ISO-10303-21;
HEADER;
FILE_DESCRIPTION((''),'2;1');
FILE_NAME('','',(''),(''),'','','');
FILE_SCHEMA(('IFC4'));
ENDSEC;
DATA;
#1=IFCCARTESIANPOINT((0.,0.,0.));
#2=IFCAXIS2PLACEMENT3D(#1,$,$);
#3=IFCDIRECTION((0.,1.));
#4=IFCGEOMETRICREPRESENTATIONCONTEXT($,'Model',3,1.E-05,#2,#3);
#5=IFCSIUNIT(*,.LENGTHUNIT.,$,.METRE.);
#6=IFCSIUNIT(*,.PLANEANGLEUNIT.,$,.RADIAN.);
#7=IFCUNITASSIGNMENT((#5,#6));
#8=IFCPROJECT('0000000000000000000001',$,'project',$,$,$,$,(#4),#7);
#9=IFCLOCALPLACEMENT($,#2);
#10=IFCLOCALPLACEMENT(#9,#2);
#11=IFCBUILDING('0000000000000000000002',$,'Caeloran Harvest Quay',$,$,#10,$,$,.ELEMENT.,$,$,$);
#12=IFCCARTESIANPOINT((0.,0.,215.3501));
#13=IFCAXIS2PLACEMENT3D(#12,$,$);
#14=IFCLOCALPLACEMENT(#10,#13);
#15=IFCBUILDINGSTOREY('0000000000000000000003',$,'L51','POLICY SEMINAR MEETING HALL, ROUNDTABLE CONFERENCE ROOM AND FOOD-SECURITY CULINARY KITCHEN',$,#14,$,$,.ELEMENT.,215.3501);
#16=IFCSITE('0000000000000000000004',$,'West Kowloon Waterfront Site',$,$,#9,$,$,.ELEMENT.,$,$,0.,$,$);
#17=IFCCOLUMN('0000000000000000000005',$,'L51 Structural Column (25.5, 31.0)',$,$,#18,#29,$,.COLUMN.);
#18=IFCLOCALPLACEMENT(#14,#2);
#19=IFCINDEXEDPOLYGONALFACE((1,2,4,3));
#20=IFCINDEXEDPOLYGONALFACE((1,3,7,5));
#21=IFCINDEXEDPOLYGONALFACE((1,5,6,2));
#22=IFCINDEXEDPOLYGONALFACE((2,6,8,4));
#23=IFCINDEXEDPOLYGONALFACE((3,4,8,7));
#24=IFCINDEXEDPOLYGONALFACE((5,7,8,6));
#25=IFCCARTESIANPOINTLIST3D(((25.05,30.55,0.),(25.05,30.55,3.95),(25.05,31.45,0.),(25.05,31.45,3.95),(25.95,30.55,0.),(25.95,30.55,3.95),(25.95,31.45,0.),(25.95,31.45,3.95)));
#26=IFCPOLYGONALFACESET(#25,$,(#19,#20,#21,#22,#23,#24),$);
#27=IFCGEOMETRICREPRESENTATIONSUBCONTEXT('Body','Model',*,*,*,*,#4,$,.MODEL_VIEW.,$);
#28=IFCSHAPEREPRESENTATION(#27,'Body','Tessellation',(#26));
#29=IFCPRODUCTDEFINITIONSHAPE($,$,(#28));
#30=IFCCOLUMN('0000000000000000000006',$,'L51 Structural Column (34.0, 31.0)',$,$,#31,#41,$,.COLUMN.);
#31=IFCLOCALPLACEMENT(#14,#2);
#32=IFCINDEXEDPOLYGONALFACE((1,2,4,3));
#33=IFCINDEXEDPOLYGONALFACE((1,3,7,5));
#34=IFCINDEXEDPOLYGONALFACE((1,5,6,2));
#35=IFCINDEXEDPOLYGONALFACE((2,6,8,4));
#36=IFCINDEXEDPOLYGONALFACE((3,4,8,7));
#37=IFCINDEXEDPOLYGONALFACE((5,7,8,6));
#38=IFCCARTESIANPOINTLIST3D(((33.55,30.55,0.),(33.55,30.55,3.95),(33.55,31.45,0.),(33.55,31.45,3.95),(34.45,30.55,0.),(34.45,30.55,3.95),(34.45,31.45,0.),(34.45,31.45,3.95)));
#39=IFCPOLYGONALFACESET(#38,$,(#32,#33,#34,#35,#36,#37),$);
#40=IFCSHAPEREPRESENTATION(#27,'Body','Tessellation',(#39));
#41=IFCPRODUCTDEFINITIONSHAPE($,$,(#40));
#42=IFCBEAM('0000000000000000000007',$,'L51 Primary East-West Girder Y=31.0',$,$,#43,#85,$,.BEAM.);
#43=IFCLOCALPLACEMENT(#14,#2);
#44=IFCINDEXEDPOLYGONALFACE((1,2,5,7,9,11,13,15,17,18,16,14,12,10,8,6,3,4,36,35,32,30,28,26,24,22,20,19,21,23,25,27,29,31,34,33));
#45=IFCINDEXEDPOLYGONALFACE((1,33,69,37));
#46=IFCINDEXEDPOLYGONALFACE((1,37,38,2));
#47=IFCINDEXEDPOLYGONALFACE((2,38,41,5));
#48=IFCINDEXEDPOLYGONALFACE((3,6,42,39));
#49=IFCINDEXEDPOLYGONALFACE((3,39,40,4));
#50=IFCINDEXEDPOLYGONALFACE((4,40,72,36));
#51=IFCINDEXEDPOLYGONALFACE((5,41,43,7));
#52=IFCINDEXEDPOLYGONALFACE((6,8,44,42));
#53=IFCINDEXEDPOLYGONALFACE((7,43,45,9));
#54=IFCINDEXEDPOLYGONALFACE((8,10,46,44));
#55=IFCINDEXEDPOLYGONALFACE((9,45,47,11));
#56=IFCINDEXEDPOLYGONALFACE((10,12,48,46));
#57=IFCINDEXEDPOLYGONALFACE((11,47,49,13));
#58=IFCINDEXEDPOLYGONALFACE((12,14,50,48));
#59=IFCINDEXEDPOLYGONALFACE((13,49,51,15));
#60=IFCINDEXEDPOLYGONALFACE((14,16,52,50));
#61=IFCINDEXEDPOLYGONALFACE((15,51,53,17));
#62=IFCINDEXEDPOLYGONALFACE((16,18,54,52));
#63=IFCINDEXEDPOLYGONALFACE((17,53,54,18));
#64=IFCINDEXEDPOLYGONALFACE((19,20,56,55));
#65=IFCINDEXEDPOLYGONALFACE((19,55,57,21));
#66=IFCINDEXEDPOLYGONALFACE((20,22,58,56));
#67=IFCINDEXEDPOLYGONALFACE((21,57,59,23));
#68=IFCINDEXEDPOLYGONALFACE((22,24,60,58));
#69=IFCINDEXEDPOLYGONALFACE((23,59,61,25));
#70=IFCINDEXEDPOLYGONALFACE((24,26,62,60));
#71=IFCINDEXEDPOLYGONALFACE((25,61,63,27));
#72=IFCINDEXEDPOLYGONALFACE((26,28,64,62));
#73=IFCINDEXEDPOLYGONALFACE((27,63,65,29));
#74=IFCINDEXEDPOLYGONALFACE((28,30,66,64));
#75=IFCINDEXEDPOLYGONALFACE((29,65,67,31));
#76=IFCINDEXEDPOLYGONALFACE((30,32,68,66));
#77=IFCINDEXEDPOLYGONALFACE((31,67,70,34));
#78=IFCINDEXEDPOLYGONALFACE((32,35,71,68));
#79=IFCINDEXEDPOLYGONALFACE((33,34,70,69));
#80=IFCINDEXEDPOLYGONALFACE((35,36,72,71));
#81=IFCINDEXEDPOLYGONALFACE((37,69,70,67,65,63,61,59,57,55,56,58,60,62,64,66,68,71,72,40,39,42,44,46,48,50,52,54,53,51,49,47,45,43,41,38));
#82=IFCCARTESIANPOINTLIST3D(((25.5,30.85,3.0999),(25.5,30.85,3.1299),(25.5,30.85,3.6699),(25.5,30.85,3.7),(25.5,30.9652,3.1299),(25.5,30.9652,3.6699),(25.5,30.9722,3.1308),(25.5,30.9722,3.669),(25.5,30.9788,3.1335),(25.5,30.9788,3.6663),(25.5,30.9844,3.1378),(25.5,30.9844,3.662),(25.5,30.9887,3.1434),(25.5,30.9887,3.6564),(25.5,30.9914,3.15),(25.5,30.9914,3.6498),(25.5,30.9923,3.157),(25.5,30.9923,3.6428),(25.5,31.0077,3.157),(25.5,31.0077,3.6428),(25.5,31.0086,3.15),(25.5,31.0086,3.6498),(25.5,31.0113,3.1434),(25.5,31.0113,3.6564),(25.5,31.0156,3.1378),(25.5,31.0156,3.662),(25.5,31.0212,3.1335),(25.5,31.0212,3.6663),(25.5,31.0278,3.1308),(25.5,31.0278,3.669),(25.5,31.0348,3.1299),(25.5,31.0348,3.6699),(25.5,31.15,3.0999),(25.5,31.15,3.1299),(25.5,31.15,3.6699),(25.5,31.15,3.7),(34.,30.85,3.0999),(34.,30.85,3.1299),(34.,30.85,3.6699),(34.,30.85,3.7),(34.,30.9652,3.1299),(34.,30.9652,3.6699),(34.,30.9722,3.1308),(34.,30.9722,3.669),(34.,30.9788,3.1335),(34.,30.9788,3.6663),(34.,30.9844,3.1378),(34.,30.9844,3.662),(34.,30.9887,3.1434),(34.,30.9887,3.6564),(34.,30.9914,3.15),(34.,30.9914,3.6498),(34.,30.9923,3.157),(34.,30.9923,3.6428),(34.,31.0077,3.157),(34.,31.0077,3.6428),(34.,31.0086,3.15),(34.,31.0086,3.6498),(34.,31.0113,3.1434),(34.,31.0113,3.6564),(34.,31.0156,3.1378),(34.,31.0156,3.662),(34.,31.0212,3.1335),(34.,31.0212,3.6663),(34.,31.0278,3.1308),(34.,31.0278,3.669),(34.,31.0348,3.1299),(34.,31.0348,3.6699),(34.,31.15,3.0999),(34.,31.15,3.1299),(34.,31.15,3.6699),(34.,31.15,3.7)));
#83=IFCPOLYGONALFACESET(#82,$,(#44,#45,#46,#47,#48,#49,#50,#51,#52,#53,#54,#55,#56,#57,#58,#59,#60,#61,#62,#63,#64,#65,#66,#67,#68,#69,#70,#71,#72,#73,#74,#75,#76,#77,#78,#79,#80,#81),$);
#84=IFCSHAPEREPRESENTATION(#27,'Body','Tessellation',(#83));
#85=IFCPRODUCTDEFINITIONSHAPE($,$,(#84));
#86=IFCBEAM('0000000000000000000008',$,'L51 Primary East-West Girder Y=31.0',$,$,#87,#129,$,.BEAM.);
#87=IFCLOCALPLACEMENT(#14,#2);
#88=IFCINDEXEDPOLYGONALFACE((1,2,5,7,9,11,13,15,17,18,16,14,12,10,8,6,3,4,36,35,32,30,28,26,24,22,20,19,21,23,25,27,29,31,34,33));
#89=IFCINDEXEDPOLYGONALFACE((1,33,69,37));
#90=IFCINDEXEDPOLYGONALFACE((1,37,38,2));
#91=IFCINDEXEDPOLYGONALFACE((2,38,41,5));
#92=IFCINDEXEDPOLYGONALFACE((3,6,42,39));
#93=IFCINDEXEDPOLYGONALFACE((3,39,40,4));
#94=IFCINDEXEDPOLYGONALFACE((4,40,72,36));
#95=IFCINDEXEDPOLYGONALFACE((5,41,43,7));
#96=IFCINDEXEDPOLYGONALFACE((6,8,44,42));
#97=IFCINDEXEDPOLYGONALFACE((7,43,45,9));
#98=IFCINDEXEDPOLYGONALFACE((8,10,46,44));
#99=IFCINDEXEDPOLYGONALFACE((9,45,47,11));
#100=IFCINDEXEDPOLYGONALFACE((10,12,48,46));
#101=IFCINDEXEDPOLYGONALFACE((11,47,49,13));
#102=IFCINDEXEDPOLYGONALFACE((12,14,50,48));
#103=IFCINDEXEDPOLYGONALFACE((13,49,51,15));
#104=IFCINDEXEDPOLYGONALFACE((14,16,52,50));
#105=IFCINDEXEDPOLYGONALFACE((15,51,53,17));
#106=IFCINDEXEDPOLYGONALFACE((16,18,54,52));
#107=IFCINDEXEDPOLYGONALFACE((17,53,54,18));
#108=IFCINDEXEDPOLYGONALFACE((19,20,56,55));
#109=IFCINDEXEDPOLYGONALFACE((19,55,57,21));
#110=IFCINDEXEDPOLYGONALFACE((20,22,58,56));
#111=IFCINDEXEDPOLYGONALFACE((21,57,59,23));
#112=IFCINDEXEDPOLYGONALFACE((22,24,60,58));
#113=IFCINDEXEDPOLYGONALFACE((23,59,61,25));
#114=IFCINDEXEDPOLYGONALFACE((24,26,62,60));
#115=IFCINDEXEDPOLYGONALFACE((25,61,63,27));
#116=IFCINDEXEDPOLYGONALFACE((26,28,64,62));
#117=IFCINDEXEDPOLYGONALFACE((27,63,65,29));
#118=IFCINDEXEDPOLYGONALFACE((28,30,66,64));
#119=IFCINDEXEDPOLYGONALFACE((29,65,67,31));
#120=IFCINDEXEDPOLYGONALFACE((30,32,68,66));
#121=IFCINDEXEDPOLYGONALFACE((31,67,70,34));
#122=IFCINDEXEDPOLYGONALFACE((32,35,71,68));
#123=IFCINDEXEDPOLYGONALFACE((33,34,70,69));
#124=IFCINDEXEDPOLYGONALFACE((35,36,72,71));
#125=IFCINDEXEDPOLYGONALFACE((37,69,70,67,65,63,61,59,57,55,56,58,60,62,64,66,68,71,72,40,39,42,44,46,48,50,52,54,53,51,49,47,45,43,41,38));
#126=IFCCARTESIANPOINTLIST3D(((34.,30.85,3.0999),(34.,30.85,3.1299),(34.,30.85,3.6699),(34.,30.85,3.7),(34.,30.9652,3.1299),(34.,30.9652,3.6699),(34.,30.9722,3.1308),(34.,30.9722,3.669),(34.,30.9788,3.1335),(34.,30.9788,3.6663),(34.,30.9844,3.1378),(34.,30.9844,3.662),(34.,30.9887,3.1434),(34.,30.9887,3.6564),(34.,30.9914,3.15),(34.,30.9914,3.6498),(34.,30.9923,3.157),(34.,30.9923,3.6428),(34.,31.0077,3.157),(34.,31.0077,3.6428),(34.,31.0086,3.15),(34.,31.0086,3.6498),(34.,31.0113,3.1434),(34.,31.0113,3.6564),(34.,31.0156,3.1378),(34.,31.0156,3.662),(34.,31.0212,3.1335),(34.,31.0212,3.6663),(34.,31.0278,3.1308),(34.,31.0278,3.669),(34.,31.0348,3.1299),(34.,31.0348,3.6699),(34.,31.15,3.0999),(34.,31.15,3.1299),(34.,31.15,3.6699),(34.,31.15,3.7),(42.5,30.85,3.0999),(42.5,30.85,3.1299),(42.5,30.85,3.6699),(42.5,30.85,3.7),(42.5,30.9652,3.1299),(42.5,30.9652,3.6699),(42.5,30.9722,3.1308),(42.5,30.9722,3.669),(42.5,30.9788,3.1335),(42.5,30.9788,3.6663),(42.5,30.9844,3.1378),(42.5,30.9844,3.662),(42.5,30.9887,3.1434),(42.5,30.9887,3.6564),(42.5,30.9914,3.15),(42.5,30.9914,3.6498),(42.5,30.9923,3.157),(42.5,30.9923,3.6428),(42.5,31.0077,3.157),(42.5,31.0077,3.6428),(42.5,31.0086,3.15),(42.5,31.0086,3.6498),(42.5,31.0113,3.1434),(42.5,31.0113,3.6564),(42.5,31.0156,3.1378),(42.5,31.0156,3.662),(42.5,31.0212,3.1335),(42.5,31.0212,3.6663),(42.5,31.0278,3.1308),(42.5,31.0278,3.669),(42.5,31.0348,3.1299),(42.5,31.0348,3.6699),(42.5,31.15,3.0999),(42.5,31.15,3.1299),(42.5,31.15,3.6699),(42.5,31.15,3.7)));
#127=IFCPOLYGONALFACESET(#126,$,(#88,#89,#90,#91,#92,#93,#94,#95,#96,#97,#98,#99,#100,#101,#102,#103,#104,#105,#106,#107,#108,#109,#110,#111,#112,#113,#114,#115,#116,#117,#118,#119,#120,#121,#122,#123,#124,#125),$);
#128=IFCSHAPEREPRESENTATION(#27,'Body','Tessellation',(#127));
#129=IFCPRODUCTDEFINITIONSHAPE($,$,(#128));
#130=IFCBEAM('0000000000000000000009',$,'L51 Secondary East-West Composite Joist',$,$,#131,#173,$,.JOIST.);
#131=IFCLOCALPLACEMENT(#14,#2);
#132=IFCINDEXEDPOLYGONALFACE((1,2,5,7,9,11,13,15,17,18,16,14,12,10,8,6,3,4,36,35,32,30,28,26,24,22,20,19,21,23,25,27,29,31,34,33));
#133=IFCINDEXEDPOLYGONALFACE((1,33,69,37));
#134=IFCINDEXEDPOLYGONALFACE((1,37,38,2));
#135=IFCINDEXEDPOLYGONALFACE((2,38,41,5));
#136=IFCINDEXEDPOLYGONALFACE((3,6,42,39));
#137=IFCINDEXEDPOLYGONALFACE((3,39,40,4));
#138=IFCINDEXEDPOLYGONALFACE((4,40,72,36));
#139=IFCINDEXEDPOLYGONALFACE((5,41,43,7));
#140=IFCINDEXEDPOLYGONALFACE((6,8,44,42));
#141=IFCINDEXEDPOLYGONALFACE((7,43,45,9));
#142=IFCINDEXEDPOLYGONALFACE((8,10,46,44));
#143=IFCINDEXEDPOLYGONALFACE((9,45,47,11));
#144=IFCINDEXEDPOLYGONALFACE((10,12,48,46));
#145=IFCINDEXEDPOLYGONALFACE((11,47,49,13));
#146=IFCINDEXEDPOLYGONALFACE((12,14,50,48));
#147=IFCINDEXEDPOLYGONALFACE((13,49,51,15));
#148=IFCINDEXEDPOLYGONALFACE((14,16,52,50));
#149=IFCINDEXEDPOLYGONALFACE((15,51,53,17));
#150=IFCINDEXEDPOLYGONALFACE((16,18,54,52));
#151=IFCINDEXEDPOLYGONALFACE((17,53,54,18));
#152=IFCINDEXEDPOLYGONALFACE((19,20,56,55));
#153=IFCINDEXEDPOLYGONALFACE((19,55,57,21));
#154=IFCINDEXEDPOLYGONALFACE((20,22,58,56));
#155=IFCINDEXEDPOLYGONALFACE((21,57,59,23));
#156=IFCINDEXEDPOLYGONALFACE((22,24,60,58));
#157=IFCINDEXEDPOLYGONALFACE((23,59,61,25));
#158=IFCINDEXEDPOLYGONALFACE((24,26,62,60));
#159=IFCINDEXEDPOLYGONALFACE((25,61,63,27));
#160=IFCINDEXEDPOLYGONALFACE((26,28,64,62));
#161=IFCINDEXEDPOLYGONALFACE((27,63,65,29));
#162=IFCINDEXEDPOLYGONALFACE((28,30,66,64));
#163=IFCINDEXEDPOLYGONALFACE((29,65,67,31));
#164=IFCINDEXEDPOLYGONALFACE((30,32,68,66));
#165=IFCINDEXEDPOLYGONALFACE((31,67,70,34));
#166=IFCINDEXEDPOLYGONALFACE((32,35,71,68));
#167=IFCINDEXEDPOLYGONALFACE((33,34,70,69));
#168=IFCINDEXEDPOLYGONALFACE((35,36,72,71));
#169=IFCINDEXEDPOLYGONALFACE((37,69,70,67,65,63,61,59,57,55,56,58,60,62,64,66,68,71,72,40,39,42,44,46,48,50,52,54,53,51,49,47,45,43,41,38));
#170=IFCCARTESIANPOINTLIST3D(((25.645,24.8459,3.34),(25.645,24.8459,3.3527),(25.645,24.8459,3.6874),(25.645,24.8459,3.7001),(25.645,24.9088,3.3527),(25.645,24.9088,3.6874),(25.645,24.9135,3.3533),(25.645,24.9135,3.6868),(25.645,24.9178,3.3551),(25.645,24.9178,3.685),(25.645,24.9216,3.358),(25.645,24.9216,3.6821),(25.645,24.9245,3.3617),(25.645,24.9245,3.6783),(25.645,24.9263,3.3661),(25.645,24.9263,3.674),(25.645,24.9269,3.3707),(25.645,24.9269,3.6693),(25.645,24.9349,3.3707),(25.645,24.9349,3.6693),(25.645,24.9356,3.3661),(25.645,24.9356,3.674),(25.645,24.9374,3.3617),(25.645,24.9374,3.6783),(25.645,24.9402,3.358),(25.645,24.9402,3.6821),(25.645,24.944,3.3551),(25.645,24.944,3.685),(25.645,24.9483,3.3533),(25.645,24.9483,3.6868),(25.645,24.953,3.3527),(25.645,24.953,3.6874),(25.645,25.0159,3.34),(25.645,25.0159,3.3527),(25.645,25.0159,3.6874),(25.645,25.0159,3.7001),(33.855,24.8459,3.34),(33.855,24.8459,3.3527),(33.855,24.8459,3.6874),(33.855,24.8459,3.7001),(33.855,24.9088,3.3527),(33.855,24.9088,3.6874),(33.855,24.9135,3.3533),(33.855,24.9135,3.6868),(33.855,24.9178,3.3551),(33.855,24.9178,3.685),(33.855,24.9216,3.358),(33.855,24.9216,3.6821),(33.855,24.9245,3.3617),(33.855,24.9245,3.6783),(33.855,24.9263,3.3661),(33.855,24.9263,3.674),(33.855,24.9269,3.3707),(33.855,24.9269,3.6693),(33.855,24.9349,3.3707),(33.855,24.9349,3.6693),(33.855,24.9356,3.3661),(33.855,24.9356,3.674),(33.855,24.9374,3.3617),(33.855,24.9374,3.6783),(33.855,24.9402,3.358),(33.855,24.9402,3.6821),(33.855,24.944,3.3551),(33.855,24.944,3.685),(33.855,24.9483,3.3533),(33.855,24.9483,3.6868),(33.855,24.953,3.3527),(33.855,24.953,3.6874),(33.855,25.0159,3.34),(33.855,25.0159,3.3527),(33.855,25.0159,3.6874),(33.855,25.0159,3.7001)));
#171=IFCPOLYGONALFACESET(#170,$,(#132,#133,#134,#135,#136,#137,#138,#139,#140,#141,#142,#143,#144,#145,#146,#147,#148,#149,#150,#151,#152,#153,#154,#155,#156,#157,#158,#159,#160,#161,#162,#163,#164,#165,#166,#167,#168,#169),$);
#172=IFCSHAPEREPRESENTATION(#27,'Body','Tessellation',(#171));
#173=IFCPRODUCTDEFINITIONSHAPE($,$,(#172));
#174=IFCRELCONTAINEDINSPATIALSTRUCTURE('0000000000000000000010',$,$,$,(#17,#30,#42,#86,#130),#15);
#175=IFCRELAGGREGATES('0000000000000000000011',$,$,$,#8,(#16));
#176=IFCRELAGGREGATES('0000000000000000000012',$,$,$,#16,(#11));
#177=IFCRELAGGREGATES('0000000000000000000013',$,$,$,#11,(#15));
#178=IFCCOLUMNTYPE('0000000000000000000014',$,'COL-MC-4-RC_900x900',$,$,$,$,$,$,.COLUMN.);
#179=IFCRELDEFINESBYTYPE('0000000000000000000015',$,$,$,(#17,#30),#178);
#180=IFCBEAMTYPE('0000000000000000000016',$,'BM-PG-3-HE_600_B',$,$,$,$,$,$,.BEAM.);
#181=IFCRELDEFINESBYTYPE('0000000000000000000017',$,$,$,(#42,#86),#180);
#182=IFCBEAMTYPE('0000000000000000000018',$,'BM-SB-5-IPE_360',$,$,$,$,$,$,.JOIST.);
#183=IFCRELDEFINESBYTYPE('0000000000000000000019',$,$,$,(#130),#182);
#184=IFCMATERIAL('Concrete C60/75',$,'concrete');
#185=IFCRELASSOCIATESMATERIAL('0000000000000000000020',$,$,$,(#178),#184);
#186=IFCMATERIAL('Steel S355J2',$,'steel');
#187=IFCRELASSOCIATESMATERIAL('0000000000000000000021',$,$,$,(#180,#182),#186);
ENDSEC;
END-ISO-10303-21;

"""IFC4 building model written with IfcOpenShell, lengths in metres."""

from ifc_helpers import new_model, si_unit, direction, frame, origin, origin_2d, place, context, subcontext, project, spatial, rectangle, i_section, extrude, material, material_profile, profile_set, type_object, element, save


model = new_model("IFC4")

# Units and contexts
model_context = context("Model", 3, precision=1e-05, world=origin(), true_north=direction((0.0, 1.0)))
body_context = subcontext(model_context, "Body", "Model", "MODEL_VIEW")
ifc_project = project(units=[si_unit("LENGTHUNIT", "METRE"), si_unit("PLANEANGLEUNIT", "RADIAN")], contexts=[model_context])

# Site, building, storey
site_placement = place(None, origin())
site = spatial("IfcSite", under=ifc_project, at=site_placement, Name="West Kowloon Waterfront Site", CompositionType="ELEMENT", RefElevation=0.0)
building_placement = place(site_placement, origin())
building = spatial("IfcBuilding", under=site, at=building_placement, Name="Caeloran Harvest Quay", CompositionType="ELEMENT")
storey_placement = place(building_placement, frame((0.0, 0.0, 215.3501)))
storey = spatial("IfcBuildingStorey", under=building, at=storey_placement, Name="L51", Description="POLICY SEMINAR MEETING HALL, ROUNDTABLE CONFERENCE ROOM AND FOOD-SECURITY CULINARY KITCHEN", CompositionType="ELEMENT", Elevation=215.3501)

# Columns
ifc_material_1 = material(Name="Concrete C60/75", Category="concrete")
ifc_material_profile_1 = material_profile(ifc_material_1, rectangle(XDim=0.8999, YDim=0.8999, at=origin_2d()), Name="RC 900x900")
ifc_profile_set_1 = profile_set([ifc_material_profile_1], Name="Concrete C60/75")
column_type = type_object("IfcColumnType", Name="COL-MC-4-RC_900x900", PredefinedType="COLUMN", material=ifc_profile_set_1)
for number, where, z_axis, x_axis, name in (
    (1, (25.5, 31.0, 0.0), (0.0, 0.0, 1.0), (1.0, 0.0, 0.0), "L51 Structural Column (25.5, 31.0)"),
    (2, (34.0, 31.0, 0.0), (0.0, 0.0, 1.0), (1.0, 0.0, 0.0), "L51 Structural Column (34.0, 31.0)"),
):
    element("IfcColumn", number, at=place(storey_placement, frame(where, z_axis=z_axis, x_axis=x_axis)), inside=storey, type_object=column_type, Name=name, PredefinedType="COLUMN", context=body_context, shape_type="SweptSolid", body=[
        extrude(rectangle(XDim=0.8999, YDim=0.8999, at=origin_2d()), origin(), (0.0, 0.0, 1.0), 3.95),
    ])

# Beams
ifc_material_2 = material(Name="Steel S355J2", Category="steel")
ifc_material_profile_2 = material_profile(ifc_material_2, i_section(OverallWidth=0.3, OverallDepth=0.6001, WebThickness=0.0154, FlangeThickness=0.03, FilletRadius=0.0271, at=origin_2d()), Name="HE 600 B")
ifc_profile_set_2 = profile_set([ifc_material_profile_2], Name="Steel S355J2")
beam_type_1 = type_object("IfcBeamType", Name="BM-PG-3-HE_600_B", PredefinedType="BEAM", material=ifc_profile_set_2)
for number, where, z_axis, x_axis, name in (
    (3, (25.5, 31.0, 3.3999), (1.0, 0.0, 0.0), (0.0, 1.0, 0.0), "L51 Primary East-West Girder Y=31.0"),
    (4, (34.0, 31.0, 3.3999), (1.0, 0.0, 0.0), (0.0, 1.0, 0.0), "L51 Primary East-West Girder Y=31.0"),
):
    element("IfcBeam", number, at=place(storey_placement, frame(where, z_axis=z_axis, x_axis=x_axis)), inside=storey, type_object=beam_type_1, Name=name, PredefinedType="BEAM", context=body_context, shape_type="SweptSolid", body=[
        extrude(i_section(OverallWidth=0.3, OverallDepth=0.6001, WebThickness=0.0154, FlangeThickness=0.03, FilletRadius=0.0271, at=origin_2d()), origin(), (0.0, 0.0, 1.0), 8.5),
    ])
ifc_material_profile_3 = material_profile(ifc_material_2, i_section(OverallWidth=0.1699, OverallDepth=0.3601, WebThickness=0.0081, FlangeThickness=0.0127, FilletRadius=0.0181, at=origin_2d()), Name="IPE 360")
ifc_profile_set_3 = profile_set([ifc_material_profile_3], Name="Steel S355J2")
beam_type_2 = type_object("IfcBeamType", Name="BM-SB-5-IPE_360", PredefinedType="JOIST", material=ifc_profile_set_3)
for number, where, z_axis, x_axis, name in (
    (5, (25.645, 24.9309, 3.52), (1.0, 0.0, 0.0), (0.0, 1.0, 0.0), "L51 Secondary East-West Composite Joist"),
):
    element("IfcBeam", number, at=place(storey_placement, frame(where, z_axis=z_axis, x_axis=x_axis)), inside=storey, type_object=beam_type_2, Name=name, PredefinedType="JOIST", context=body_context, shape_type="SweptSolid", body=[
        extrude(i_section(OverallWidth=0.1699, OverallDepth=0.3601, WebThickness=0.0081, FlangeThickness=0.0127, FilletRadius=0.0181, at=origin_2d()), origin(), (0.0, 0.0, 1.0), 8.21),
    ])

save(model, "model.ifc")
